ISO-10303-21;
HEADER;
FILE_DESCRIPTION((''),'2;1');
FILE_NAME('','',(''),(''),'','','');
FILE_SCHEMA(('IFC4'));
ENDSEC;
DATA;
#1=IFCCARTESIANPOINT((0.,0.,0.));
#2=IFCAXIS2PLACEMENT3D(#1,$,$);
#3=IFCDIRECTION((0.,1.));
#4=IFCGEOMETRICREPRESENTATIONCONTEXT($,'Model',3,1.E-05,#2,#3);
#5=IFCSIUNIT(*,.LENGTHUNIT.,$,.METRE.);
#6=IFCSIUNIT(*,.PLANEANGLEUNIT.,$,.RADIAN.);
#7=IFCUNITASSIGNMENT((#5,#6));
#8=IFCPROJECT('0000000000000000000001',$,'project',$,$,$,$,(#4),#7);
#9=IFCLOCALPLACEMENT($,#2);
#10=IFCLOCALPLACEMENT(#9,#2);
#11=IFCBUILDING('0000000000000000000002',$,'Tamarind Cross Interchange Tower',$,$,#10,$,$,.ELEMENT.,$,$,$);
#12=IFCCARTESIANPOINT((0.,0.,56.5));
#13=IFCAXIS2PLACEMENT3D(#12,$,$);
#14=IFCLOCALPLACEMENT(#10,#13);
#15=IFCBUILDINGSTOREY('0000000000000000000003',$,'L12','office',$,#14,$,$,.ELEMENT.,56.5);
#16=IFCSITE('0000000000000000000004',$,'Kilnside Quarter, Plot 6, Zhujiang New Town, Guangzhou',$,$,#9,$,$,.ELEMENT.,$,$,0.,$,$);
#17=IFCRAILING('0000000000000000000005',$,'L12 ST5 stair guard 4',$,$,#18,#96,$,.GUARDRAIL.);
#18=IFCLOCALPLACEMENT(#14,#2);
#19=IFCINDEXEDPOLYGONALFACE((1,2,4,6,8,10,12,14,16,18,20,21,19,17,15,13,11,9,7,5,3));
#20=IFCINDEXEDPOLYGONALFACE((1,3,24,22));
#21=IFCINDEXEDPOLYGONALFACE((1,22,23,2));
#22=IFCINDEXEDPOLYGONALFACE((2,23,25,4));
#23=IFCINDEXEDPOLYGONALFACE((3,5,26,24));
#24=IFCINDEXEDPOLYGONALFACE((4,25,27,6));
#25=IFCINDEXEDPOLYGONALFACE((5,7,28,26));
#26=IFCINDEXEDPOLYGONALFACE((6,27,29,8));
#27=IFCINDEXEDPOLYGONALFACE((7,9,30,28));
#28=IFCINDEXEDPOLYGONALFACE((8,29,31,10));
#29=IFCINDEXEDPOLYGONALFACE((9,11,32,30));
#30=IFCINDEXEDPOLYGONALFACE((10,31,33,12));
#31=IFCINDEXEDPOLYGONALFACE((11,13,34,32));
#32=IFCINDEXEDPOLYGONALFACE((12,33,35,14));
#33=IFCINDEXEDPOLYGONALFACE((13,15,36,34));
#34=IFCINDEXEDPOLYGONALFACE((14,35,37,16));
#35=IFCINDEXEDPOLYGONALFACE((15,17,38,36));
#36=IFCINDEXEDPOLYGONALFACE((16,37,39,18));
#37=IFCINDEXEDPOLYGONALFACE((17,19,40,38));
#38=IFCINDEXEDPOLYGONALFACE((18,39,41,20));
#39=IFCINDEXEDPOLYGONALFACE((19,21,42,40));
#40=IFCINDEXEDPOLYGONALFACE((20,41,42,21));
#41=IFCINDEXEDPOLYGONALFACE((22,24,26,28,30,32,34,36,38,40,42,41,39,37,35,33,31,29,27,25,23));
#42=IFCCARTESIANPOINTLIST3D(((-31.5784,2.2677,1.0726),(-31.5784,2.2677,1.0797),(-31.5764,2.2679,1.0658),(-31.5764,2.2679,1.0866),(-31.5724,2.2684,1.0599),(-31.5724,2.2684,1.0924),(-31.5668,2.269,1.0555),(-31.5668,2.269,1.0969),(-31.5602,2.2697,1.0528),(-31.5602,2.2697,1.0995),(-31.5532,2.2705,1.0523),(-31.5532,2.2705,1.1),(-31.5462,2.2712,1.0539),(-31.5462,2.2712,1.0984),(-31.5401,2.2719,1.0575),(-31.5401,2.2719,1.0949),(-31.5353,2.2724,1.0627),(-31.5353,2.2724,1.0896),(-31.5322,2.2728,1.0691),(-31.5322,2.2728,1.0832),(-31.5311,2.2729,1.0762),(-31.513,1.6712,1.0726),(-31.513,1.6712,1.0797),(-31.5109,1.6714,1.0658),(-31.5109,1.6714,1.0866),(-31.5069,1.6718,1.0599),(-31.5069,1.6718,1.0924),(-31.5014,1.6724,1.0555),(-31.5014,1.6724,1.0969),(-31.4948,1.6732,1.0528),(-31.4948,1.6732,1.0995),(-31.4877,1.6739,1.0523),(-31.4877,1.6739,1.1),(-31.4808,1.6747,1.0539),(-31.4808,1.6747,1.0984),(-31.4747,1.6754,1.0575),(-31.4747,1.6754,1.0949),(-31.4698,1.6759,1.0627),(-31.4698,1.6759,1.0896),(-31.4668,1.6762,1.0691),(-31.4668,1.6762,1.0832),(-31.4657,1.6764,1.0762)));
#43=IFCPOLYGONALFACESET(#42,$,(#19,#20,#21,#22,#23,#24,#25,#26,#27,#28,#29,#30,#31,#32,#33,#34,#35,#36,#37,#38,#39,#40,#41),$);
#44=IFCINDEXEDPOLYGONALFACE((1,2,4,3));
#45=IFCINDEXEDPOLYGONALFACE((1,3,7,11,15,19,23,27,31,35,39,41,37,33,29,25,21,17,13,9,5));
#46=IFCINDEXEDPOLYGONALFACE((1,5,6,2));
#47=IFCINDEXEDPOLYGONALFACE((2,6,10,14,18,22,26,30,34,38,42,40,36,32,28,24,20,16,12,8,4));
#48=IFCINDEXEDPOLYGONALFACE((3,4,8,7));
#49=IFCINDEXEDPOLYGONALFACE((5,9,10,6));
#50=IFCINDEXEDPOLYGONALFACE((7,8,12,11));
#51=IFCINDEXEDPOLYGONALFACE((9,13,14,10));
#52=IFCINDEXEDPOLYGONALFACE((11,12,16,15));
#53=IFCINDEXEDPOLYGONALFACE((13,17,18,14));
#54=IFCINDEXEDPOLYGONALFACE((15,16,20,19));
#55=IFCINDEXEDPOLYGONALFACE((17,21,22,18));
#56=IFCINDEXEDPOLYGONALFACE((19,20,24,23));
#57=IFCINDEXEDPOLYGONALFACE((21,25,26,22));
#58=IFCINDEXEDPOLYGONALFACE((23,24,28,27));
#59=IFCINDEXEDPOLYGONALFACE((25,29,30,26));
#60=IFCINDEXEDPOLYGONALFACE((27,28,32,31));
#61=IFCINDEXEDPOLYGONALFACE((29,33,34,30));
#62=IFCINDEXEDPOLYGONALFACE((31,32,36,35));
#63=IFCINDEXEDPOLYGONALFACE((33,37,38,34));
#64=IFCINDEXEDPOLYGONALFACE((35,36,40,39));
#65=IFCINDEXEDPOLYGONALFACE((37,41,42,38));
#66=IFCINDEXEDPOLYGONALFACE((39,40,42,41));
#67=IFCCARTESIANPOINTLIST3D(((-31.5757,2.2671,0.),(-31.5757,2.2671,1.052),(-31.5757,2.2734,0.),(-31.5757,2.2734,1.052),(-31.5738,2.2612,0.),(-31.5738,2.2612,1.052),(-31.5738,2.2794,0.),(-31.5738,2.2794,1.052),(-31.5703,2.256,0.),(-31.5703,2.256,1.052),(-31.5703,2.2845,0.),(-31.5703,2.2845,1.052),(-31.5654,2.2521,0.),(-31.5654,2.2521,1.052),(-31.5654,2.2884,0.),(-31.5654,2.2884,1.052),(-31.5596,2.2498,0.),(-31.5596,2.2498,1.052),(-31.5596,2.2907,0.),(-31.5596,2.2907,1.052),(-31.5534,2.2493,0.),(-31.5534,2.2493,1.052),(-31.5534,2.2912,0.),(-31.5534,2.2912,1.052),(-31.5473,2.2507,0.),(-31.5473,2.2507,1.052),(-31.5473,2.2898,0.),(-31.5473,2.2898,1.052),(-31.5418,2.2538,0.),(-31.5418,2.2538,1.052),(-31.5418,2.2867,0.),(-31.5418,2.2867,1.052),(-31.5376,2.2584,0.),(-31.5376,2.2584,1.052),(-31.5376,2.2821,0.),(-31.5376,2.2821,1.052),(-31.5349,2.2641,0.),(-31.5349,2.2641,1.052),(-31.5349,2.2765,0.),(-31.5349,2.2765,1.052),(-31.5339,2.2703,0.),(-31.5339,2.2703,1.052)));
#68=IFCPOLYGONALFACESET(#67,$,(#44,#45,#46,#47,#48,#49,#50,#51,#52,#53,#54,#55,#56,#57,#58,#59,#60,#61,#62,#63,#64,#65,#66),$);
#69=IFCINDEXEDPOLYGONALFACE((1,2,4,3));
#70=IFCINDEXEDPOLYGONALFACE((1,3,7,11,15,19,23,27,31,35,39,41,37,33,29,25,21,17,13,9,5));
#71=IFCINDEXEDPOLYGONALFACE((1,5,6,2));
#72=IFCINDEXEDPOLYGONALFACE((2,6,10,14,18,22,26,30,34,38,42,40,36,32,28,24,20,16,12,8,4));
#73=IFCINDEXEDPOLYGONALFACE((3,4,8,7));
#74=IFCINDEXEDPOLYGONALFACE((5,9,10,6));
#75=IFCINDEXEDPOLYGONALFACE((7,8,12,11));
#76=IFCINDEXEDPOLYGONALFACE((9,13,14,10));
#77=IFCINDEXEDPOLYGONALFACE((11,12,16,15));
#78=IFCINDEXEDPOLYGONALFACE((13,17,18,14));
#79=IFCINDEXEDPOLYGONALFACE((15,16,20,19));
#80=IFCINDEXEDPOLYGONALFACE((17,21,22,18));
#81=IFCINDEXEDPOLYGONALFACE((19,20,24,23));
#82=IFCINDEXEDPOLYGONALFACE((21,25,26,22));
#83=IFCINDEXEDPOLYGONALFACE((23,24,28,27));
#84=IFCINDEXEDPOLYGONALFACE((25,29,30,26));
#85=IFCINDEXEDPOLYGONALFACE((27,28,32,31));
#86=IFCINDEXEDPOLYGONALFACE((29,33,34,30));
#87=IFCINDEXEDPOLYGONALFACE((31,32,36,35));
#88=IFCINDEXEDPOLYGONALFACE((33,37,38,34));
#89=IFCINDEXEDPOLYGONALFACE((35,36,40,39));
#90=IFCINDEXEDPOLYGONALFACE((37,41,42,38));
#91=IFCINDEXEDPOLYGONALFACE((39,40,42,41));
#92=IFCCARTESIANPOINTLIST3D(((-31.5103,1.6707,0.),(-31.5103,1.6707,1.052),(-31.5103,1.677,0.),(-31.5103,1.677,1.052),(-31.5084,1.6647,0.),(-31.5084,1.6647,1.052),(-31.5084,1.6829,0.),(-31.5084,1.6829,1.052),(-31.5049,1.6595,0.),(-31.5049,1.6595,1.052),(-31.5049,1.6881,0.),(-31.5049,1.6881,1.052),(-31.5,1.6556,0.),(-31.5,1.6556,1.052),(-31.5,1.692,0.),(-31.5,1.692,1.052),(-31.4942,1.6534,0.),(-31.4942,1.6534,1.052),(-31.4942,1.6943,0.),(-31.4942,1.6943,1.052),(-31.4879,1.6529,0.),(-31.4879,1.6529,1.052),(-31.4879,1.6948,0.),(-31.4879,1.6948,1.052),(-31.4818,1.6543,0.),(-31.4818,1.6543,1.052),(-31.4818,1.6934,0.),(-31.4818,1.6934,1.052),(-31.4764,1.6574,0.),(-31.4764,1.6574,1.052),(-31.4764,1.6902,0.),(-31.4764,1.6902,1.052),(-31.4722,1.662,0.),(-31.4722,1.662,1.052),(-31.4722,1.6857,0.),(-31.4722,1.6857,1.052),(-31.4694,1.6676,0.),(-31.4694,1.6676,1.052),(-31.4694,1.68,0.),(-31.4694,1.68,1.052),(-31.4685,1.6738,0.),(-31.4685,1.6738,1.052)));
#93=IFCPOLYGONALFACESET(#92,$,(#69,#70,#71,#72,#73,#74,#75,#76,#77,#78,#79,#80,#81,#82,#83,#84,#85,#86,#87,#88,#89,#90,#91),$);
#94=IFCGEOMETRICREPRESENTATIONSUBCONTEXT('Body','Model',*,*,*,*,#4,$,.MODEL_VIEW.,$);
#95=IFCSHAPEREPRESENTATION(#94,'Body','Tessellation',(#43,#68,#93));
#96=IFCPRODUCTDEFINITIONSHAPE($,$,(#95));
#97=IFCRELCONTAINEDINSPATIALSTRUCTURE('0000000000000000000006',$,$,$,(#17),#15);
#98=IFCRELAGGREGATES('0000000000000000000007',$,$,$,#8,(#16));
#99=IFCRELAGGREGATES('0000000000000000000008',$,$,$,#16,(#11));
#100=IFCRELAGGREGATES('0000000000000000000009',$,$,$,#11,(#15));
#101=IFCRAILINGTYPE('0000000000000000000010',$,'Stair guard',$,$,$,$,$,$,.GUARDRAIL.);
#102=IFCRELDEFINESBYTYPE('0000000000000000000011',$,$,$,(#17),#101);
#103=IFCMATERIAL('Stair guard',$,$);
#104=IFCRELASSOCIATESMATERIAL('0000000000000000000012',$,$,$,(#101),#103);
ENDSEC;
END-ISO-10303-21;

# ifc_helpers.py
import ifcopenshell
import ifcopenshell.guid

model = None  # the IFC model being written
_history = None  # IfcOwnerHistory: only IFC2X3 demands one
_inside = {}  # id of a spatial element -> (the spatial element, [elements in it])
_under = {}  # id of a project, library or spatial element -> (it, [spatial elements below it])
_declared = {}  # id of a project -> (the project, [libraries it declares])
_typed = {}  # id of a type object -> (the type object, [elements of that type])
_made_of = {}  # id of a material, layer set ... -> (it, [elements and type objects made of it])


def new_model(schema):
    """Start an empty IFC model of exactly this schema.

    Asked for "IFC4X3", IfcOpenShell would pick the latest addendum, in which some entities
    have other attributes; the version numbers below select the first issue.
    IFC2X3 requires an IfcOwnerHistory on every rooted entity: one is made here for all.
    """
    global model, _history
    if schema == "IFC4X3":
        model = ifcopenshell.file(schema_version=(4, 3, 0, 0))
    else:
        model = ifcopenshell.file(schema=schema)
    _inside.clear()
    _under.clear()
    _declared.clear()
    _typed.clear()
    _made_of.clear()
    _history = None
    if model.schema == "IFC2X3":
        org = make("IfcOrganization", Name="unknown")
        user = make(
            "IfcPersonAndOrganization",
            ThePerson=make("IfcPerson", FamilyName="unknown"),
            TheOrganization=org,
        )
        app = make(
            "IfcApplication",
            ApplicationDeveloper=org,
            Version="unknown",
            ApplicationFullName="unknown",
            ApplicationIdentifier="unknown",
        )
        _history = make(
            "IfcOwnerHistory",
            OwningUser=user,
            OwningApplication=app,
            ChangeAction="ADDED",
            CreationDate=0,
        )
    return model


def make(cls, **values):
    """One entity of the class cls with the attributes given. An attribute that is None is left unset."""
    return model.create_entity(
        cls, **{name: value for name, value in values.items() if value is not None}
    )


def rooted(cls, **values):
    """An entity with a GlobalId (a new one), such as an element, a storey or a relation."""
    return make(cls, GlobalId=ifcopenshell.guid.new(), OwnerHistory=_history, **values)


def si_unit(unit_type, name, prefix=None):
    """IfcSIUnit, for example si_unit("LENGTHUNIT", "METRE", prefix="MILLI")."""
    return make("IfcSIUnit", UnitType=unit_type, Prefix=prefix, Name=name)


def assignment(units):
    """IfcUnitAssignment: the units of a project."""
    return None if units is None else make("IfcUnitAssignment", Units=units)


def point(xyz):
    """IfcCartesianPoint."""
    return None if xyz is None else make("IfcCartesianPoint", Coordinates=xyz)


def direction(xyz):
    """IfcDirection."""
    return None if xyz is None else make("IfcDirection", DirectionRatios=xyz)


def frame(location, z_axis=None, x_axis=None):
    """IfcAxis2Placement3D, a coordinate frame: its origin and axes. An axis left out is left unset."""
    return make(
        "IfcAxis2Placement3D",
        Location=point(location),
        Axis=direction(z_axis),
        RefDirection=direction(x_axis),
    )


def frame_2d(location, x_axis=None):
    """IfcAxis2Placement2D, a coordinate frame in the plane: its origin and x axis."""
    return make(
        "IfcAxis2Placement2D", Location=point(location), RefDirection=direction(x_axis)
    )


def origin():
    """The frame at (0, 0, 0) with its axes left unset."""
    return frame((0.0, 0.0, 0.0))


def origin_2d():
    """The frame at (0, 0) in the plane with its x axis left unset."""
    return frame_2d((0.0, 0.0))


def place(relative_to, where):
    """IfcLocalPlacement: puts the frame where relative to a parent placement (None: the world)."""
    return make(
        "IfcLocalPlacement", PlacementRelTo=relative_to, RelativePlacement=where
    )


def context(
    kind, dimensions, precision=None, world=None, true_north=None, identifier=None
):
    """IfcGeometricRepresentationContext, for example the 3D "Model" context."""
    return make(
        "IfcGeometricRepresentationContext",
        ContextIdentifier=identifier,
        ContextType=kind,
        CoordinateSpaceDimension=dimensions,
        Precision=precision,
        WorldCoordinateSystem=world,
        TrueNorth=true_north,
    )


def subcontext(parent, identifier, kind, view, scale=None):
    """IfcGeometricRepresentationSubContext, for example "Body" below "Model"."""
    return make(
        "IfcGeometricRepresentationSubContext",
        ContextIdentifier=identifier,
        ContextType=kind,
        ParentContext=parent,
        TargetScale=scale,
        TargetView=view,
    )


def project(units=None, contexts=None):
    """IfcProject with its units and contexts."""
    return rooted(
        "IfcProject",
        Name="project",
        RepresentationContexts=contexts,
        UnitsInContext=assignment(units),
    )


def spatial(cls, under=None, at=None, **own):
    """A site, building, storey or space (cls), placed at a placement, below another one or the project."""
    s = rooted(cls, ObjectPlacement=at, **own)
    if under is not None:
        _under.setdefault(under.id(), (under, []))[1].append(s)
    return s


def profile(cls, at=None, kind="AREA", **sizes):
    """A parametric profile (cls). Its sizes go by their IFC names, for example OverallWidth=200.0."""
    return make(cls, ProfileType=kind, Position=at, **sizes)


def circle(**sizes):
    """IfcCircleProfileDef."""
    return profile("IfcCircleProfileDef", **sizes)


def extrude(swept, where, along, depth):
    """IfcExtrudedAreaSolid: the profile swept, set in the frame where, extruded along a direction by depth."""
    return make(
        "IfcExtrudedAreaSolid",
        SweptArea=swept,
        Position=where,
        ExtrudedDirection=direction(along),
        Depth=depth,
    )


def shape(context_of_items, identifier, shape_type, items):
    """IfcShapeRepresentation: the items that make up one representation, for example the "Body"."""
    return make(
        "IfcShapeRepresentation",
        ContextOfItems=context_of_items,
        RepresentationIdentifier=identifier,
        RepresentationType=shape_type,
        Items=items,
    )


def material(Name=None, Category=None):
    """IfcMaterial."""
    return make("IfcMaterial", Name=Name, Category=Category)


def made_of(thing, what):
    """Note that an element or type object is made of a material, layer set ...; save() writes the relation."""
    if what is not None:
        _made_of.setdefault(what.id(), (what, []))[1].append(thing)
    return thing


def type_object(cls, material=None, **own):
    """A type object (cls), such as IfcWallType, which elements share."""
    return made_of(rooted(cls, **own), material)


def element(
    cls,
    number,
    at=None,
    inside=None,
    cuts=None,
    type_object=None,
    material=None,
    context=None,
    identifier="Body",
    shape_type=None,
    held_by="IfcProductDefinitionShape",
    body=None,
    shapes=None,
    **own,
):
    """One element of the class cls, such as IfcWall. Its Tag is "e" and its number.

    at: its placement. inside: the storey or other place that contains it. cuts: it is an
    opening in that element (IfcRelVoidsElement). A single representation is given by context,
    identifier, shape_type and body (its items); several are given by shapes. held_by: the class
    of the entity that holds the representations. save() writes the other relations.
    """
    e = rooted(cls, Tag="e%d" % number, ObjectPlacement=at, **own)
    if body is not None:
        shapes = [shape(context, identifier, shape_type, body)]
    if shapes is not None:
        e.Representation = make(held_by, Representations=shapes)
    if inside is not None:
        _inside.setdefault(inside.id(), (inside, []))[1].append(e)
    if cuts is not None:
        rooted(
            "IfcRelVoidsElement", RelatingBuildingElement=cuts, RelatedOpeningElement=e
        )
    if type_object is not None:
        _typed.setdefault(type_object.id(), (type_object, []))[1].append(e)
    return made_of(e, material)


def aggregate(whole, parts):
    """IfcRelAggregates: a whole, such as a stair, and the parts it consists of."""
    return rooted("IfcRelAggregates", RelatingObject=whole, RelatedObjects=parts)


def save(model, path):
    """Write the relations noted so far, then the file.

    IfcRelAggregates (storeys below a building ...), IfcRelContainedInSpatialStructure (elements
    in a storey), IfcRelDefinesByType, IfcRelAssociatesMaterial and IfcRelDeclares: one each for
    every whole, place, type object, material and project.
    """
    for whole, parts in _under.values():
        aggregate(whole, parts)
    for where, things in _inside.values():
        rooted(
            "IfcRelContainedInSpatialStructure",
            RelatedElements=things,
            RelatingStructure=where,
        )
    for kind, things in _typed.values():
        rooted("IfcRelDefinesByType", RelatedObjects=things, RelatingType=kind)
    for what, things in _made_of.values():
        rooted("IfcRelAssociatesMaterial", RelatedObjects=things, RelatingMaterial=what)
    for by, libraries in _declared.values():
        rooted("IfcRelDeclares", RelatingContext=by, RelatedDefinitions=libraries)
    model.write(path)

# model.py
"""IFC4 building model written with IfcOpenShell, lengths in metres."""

from ifc_helpers import new_model, si_unit, direction, frame, origin, origin_2d, place, context, subcontext, project, spatial, circle, extrude, material, type_object, element, save


model = new_model("IFC4")

# Units and contexts
model_context = context("Model", 3, precision=1e-05, world=origin(), true_north=direction((0.0, 1.0)))
body_context = subcontext(model_context, "Body", "Model", "MODEL_VIEW")
ifc_project = project(units=[si_unit("LENGTHUNIT", "METRE"), si_unit("PLANEANGLEUNIT", "RADIAN")], contexts=[model_context])

# Site, building, storey
site_placement = place(None, origin())
site = spatial("IfcSite", under=ifc_project, at=site_placement, Name="Kilnside Quarter, Plot 6, Zhujiang New Town, Guangzhou", CompositionType="ELEMENT", RefElevation=0.0)
building_placement = place(site_placement, origin())
building = spatial("IfcBuilding", under=site, at=building_placement, Name="Tamarind Cross Interchange Tower", CompositionType="ELEMENT")
storey_placement = place(building_placement, frame((0.0, 0.0, 56.5)))
storey = spatial("IfcBuildingStorey", under=building, at=storey_placement, Name="L12", Description="office", CompositionType="ELEMENT", Elevation=56.5)

# Railing
ifc_material_1 = material(Name="Stair guard")
railing_type_1 = type_object("IfcRailingType", Name="Stair guard", PredefinedType="GUARDRAIL", material=ifc_material_1)
railing_1_placement = place(storey_placement, frame((-31.5549, 2.2703, 0.0)))
element("IfcRailing", 1, at=railing_1_placement, inside=storey, type_object=railing_type_1, Name="L12 ST5 stair guard 4", PredefinedType="GUARDRAIL", context=body_context, shape_type="SweptSolid", body=[
    extrude(circle(Radius=0.0239, at=origin_2d()), frame((0.0, 0.0, 1.0762), z_axis=(0.109047, -0.994037, 0.0), x_axis=(0.994037, 0.109047, 0.0)), (0.0, 0.0, 1.0), 0.6001),
    extrude(circle(Radius=0.021, at=origin_2d()), origin(), (0.0, 0.0, 1.0), 1.052),
    extrude(circle(Radius=0.021, at=origin_2d()), frame((0.0654, -0.5964, 0.0)), (0.0, 0.0, 1.0), 1.052),
])

save(model, "model.ifc")
